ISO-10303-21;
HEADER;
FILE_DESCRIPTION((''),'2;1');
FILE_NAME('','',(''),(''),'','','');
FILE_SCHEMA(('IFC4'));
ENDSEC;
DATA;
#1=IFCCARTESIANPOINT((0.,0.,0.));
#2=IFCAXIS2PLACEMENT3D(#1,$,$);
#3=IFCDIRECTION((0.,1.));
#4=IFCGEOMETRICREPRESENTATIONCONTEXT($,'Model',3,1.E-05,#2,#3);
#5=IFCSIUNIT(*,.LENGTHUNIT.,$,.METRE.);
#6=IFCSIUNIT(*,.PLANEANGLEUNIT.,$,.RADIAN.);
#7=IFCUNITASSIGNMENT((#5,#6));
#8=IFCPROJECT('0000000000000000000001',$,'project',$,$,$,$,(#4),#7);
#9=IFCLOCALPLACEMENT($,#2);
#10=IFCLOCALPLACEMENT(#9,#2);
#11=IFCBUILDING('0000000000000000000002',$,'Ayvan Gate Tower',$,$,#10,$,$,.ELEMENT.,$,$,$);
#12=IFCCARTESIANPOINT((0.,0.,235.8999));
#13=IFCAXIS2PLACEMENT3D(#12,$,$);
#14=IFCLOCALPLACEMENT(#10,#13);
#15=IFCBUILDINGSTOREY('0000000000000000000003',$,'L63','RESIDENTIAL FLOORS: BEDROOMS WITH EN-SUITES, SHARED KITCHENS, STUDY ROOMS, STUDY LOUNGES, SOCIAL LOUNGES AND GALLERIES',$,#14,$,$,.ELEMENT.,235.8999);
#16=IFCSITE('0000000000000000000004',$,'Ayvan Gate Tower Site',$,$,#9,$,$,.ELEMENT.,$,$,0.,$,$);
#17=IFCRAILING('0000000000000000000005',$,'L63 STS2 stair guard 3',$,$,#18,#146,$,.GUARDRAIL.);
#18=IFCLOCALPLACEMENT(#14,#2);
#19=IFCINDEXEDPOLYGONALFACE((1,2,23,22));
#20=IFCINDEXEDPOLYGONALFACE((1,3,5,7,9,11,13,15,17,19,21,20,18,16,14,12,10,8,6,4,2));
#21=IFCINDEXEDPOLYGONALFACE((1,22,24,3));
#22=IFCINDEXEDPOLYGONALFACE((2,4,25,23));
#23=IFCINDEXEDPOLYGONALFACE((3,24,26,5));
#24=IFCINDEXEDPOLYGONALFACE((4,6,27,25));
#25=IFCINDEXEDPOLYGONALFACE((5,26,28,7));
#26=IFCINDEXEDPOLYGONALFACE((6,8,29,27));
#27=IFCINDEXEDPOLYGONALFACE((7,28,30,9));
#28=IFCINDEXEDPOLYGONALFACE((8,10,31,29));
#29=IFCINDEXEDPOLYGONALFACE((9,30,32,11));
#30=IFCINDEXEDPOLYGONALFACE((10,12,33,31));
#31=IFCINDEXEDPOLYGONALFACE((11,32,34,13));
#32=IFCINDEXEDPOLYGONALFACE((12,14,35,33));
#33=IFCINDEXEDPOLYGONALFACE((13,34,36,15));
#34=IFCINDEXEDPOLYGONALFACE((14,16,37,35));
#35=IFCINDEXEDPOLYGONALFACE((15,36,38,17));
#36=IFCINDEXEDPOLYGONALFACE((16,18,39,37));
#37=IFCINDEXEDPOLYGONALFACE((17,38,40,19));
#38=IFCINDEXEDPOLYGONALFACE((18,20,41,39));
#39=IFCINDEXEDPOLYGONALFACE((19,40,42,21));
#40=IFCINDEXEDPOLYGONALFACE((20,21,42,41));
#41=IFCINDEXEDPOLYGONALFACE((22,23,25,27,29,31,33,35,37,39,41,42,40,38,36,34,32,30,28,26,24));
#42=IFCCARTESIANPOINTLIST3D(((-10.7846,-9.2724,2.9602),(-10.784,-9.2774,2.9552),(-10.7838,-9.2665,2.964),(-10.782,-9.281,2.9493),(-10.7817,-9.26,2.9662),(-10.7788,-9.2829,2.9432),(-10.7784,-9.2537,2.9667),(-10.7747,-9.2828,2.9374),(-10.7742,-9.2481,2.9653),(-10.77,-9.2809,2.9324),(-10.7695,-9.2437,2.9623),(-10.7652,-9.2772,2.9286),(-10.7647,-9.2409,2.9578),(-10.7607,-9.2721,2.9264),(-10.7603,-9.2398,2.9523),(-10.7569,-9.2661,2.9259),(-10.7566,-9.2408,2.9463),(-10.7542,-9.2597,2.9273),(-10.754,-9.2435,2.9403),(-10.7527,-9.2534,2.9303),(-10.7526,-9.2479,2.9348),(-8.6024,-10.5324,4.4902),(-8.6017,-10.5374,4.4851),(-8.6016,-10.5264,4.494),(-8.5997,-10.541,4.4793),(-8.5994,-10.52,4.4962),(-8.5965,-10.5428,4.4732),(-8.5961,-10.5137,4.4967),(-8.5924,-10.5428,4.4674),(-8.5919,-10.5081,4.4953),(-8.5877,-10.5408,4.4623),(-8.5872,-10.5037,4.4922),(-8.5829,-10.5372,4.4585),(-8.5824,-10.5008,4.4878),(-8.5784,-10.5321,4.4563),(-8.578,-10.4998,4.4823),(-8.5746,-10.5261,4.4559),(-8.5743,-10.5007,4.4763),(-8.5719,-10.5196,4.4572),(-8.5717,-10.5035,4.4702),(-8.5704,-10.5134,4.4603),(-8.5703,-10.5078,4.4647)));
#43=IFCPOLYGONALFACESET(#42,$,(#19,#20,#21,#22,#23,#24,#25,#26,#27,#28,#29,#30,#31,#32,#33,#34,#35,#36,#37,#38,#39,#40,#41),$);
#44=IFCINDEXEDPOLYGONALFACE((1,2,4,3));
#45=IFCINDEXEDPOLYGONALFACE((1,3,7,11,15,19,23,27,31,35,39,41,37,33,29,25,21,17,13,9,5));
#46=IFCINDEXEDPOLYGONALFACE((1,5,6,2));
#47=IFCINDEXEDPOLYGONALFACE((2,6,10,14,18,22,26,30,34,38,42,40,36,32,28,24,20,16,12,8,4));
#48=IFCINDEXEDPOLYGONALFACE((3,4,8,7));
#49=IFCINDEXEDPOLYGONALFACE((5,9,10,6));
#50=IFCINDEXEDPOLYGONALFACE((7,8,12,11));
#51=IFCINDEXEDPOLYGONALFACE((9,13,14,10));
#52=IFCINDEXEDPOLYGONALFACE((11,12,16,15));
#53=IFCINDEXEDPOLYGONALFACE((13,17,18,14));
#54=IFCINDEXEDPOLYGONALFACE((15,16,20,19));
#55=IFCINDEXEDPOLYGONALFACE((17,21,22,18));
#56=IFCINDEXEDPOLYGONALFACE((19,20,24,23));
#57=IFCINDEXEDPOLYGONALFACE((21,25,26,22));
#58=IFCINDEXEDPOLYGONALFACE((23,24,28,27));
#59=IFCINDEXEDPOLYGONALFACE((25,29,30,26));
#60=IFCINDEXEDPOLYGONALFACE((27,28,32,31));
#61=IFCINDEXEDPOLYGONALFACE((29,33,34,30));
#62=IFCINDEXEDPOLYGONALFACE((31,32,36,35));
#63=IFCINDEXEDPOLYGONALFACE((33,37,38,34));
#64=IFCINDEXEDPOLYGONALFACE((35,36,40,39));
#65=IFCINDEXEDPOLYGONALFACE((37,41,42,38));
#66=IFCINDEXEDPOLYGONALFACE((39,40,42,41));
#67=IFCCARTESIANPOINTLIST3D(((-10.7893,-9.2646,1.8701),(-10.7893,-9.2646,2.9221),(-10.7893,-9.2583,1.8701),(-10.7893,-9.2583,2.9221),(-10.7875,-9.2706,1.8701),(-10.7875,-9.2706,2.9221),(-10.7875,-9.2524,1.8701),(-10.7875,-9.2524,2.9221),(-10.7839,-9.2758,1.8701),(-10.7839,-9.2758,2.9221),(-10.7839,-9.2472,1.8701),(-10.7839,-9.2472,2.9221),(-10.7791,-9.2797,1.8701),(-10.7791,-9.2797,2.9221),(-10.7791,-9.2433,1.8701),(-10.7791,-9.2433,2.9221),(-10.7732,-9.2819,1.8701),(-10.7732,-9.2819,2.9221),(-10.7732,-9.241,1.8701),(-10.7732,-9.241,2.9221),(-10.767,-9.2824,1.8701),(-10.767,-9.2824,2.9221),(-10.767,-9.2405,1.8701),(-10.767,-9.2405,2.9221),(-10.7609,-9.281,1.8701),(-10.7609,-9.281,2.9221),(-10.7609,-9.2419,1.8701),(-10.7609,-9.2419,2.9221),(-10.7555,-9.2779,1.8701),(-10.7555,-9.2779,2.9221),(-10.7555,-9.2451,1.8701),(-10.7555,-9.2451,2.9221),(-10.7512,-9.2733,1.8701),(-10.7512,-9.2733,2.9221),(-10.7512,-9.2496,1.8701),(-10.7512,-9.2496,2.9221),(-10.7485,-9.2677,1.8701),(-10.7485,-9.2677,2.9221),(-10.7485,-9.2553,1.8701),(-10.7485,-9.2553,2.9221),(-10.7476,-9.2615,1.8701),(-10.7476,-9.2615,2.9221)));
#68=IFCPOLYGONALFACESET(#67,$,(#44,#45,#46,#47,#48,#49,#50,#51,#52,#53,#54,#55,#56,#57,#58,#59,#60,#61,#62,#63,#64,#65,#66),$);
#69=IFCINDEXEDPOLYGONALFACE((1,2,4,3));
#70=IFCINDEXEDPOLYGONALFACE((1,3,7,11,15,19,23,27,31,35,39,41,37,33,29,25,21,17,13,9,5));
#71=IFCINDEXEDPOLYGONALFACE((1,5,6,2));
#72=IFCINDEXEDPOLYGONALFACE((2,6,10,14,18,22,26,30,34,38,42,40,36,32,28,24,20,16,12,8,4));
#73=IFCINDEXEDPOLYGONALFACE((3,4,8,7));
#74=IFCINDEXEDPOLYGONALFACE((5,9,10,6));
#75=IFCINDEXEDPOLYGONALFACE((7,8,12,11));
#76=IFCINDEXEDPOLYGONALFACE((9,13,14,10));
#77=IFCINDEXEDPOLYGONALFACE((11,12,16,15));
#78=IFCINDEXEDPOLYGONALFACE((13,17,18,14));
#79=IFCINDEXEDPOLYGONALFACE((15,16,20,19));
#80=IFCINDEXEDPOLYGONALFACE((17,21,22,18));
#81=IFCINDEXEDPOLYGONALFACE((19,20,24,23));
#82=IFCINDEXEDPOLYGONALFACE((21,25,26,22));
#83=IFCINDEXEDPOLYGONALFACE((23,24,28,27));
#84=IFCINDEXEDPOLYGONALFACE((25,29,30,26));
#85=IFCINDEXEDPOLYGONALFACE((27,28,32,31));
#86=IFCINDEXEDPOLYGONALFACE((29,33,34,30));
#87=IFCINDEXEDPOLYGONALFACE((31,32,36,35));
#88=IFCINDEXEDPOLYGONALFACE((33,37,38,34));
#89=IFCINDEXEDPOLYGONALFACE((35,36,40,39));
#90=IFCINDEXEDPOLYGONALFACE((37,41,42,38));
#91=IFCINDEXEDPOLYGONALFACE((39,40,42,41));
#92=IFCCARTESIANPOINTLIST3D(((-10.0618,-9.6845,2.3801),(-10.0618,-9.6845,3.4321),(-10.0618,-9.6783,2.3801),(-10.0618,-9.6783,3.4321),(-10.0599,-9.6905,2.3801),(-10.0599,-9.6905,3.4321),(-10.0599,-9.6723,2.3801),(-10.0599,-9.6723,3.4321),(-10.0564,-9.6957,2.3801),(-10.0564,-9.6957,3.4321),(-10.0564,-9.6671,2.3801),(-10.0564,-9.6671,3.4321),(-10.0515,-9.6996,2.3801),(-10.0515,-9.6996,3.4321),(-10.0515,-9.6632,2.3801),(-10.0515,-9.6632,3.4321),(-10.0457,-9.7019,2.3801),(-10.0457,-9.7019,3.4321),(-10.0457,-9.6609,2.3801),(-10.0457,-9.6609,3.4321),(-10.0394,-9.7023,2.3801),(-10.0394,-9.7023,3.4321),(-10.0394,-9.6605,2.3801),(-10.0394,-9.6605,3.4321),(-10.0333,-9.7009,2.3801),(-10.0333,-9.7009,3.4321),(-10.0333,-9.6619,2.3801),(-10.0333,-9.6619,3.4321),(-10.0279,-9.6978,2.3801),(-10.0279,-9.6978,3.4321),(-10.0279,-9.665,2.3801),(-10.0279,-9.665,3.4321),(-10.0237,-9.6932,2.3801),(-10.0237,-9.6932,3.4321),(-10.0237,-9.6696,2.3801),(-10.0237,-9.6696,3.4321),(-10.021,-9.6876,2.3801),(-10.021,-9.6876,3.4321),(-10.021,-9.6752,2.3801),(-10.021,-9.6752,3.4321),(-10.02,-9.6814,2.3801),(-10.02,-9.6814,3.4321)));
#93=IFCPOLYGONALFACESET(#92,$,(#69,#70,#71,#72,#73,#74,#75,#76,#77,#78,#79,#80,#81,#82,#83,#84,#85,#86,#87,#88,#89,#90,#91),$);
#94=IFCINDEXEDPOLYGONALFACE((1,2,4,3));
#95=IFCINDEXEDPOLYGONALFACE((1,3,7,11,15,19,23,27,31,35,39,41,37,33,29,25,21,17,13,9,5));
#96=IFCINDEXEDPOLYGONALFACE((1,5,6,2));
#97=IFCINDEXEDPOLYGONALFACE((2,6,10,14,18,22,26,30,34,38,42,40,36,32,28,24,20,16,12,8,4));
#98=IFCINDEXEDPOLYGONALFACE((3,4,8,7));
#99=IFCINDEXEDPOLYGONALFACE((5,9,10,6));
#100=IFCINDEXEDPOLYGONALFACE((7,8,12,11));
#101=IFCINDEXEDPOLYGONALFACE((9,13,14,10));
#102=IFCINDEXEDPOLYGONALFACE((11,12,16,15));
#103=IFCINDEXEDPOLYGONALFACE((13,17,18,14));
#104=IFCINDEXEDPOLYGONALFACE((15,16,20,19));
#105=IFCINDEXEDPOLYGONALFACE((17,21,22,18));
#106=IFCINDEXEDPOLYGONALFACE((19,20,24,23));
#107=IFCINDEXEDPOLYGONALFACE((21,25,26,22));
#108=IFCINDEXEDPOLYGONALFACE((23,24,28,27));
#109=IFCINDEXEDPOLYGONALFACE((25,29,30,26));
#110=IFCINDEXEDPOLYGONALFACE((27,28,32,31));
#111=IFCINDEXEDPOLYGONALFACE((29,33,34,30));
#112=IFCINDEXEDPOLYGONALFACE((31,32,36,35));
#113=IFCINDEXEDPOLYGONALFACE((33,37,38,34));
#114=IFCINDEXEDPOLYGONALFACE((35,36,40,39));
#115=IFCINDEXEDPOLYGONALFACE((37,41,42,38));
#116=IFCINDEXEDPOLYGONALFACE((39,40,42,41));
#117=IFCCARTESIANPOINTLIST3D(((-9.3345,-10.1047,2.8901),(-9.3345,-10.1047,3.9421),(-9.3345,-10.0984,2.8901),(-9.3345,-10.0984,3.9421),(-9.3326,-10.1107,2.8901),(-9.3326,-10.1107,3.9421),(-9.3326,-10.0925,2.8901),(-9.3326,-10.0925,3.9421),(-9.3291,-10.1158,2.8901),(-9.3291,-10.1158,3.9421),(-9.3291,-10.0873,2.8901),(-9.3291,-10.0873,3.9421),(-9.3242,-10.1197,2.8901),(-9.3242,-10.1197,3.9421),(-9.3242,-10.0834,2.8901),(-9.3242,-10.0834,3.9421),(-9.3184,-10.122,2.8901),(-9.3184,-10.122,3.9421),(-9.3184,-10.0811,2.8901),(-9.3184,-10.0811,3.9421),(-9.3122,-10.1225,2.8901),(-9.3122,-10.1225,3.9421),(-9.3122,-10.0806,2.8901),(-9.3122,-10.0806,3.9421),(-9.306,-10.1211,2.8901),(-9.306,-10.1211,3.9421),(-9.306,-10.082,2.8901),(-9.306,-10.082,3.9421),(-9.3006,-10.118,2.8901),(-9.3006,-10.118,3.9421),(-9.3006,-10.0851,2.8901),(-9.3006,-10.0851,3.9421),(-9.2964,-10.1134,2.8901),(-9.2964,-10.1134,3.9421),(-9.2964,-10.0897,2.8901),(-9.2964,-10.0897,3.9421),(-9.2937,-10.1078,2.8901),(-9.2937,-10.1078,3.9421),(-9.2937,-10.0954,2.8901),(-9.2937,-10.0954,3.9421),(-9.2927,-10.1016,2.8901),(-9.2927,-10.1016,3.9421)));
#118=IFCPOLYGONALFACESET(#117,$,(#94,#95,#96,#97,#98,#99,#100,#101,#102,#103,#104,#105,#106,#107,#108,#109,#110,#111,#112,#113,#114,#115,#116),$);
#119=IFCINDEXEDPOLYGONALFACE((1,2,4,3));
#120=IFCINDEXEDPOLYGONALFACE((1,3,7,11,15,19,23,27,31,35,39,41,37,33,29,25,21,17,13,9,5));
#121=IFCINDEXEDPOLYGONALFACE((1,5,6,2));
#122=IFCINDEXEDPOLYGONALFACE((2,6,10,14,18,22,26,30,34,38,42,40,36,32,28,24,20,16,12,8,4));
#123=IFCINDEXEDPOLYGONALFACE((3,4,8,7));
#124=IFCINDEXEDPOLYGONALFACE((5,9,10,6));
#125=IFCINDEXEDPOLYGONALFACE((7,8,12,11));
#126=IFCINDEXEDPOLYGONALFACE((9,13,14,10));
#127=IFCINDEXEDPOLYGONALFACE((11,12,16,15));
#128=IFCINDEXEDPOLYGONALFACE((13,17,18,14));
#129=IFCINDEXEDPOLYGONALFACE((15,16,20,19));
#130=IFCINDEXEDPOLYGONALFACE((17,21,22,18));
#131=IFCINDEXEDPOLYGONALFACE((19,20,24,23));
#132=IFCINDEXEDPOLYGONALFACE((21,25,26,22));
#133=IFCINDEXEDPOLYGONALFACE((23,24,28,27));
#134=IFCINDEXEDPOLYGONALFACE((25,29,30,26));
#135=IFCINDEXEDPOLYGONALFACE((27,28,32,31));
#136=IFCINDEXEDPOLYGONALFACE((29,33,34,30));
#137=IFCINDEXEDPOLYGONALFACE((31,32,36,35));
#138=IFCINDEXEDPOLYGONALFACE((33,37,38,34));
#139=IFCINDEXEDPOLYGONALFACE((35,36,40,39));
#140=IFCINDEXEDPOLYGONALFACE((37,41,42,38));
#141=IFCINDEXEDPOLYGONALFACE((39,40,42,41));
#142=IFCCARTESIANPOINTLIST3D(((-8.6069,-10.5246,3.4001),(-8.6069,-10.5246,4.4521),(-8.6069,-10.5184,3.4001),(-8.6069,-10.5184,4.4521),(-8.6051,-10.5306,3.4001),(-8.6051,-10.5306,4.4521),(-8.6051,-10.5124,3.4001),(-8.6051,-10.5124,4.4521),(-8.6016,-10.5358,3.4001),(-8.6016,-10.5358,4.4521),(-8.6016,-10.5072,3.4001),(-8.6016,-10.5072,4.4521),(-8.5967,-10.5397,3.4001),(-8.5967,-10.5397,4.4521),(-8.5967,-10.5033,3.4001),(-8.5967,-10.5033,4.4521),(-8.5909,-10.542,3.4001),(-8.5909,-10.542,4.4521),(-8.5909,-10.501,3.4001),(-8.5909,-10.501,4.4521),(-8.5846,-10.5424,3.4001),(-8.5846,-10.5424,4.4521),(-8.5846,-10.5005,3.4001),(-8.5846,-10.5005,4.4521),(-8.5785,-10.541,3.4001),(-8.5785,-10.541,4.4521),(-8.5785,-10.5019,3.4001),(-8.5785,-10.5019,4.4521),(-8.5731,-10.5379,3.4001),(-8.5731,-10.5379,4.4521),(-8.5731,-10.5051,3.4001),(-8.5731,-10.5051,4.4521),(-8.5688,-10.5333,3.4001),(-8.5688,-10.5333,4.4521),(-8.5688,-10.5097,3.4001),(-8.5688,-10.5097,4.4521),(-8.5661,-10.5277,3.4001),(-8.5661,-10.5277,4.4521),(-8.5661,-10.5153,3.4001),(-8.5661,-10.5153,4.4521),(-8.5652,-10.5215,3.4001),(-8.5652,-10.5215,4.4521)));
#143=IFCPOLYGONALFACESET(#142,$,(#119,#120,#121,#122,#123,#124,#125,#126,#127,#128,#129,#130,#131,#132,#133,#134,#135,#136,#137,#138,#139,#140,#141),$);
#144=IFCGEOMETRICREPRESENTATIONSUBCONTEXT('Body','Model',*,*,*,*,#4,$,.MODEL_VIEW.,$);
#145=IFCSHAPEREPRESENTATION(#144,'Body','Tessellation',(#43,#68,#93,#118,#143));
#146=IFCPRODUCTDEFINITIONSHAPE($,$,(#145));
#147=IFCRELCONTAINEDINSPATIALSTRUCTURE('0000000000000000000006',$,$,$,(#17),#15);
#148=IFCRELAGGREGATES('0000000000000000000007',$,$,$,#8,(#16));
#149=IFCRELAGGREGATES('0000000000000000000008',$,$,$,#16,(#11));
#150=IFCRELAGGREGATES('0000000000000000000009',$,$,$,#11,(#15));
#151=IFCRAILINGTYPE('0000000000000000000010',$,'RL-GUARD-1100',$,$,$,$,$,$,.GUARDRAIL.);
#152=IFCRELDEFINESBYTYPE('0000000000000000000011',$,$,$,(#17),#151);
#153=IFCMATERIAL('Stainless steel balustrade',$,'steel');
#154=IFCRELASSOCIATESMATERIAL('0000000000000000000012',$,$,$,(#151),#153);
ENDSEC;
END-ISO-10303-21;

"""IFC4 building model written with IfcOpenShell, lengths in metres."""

from ifc_helpers import new_model, si_unit, direction, frame, origin, origin_2d, place, context, subcontext, project, spatial, circle, extrude, material, type_object, element, save


model = new_model("IFC4")

# Units and contexts
model_context = context("Model", 3, precision=1e-05, world=origin(), true_north=direction((0.0, 1.0)))
body_context = subcontext(model_context, "Body", "Model", "MODEL_VIEW")
ifc_project = project(units=[si_unit("LENGTHUNIT", "METRE"), si_unit("PLANEANGLEUNIT", "RADIAN")], contexts=[model_context])

# Site, building, storey
site_placement = place(None, origin())
site = spatial("IfcSite", under=ifc_project, at=site_placement, Name="Ayvan Gate Tower Site", CompositionType="ELEMENT", RefElevation=0.0)
building_placement = place(site_placement, origin())
building = spatial("IfcBuilding", under=site, at=building_placement, Name="Ayvan Gate Tower", CompositionType="ELEMENT")
storey_placement = place(building_placement, frame((0.0, 0.0, 235.8999)))
storey = spatial("IfcBuildingStorey", under=building, at=storey_placement, Name="L63", Description="RESIDENTIAL FLOORS: BEDROOMS WITH EN-SUITES, SHARED KITCHENS, STUDY ROOMS, STUDY LOUNGES, SOCIAL LOUNGES AND GALLERIES", CompositionType="ELEMENT", Elevation=235.8999)

# Railing
ifc_material_1 = material(Name="Stainless steel balustrade", Category="steel")
railing_type_1 = type_object("IfcRailingType", Name="RL-GUARD-1100", PredefinedType="GUARDRAIL", material=ifc_material_1)
railing_1_placement = place(storey_placement, frame((-10.7686, -9.2615, 1.8701)))
element("IfcRailing", 1, at=railing_1_placement, inside=storey, type_object=railing_type_1, Name="L63 STS2 stair guard 3", PredefinedType="GUARDRAIL", context=body_context, shape_type="SweptSolid", body=[
    extrude(circle(Radius=0.0239, at=origin_2d()), frame((0.0, 0.0, 1.0762), z_axis=(0.740261, -0.427395, 0.518986), x_axis=(0.500005, 0.866023, 0.0)), (0.0, 0.0, 1.0), 2.948),
    extrude(circle(Radius=0.021, at=origin_2d()), origin(), (0.0, 0.0, 1.0), 1.052),
    extrude(circle(Radius=0.021, at=origin_2d()), frame((0.7275, -0.4199, 0.51)), (0.0, 0.0, 1.0), 1.052),
    extrude(circle(Radius=0.021, at=origin_2d()), frame((1.4548, -0.8401, 1.02)), (0.0, 0.0, 1.0), 1.052),
    extrude(circle(Radius=0.021, at=origin_2d()), frame((2.1824, -1.26, 1.53)), (0.0, 0.0, 1.0), 1.052),
])

save(model, "model.ifc")
